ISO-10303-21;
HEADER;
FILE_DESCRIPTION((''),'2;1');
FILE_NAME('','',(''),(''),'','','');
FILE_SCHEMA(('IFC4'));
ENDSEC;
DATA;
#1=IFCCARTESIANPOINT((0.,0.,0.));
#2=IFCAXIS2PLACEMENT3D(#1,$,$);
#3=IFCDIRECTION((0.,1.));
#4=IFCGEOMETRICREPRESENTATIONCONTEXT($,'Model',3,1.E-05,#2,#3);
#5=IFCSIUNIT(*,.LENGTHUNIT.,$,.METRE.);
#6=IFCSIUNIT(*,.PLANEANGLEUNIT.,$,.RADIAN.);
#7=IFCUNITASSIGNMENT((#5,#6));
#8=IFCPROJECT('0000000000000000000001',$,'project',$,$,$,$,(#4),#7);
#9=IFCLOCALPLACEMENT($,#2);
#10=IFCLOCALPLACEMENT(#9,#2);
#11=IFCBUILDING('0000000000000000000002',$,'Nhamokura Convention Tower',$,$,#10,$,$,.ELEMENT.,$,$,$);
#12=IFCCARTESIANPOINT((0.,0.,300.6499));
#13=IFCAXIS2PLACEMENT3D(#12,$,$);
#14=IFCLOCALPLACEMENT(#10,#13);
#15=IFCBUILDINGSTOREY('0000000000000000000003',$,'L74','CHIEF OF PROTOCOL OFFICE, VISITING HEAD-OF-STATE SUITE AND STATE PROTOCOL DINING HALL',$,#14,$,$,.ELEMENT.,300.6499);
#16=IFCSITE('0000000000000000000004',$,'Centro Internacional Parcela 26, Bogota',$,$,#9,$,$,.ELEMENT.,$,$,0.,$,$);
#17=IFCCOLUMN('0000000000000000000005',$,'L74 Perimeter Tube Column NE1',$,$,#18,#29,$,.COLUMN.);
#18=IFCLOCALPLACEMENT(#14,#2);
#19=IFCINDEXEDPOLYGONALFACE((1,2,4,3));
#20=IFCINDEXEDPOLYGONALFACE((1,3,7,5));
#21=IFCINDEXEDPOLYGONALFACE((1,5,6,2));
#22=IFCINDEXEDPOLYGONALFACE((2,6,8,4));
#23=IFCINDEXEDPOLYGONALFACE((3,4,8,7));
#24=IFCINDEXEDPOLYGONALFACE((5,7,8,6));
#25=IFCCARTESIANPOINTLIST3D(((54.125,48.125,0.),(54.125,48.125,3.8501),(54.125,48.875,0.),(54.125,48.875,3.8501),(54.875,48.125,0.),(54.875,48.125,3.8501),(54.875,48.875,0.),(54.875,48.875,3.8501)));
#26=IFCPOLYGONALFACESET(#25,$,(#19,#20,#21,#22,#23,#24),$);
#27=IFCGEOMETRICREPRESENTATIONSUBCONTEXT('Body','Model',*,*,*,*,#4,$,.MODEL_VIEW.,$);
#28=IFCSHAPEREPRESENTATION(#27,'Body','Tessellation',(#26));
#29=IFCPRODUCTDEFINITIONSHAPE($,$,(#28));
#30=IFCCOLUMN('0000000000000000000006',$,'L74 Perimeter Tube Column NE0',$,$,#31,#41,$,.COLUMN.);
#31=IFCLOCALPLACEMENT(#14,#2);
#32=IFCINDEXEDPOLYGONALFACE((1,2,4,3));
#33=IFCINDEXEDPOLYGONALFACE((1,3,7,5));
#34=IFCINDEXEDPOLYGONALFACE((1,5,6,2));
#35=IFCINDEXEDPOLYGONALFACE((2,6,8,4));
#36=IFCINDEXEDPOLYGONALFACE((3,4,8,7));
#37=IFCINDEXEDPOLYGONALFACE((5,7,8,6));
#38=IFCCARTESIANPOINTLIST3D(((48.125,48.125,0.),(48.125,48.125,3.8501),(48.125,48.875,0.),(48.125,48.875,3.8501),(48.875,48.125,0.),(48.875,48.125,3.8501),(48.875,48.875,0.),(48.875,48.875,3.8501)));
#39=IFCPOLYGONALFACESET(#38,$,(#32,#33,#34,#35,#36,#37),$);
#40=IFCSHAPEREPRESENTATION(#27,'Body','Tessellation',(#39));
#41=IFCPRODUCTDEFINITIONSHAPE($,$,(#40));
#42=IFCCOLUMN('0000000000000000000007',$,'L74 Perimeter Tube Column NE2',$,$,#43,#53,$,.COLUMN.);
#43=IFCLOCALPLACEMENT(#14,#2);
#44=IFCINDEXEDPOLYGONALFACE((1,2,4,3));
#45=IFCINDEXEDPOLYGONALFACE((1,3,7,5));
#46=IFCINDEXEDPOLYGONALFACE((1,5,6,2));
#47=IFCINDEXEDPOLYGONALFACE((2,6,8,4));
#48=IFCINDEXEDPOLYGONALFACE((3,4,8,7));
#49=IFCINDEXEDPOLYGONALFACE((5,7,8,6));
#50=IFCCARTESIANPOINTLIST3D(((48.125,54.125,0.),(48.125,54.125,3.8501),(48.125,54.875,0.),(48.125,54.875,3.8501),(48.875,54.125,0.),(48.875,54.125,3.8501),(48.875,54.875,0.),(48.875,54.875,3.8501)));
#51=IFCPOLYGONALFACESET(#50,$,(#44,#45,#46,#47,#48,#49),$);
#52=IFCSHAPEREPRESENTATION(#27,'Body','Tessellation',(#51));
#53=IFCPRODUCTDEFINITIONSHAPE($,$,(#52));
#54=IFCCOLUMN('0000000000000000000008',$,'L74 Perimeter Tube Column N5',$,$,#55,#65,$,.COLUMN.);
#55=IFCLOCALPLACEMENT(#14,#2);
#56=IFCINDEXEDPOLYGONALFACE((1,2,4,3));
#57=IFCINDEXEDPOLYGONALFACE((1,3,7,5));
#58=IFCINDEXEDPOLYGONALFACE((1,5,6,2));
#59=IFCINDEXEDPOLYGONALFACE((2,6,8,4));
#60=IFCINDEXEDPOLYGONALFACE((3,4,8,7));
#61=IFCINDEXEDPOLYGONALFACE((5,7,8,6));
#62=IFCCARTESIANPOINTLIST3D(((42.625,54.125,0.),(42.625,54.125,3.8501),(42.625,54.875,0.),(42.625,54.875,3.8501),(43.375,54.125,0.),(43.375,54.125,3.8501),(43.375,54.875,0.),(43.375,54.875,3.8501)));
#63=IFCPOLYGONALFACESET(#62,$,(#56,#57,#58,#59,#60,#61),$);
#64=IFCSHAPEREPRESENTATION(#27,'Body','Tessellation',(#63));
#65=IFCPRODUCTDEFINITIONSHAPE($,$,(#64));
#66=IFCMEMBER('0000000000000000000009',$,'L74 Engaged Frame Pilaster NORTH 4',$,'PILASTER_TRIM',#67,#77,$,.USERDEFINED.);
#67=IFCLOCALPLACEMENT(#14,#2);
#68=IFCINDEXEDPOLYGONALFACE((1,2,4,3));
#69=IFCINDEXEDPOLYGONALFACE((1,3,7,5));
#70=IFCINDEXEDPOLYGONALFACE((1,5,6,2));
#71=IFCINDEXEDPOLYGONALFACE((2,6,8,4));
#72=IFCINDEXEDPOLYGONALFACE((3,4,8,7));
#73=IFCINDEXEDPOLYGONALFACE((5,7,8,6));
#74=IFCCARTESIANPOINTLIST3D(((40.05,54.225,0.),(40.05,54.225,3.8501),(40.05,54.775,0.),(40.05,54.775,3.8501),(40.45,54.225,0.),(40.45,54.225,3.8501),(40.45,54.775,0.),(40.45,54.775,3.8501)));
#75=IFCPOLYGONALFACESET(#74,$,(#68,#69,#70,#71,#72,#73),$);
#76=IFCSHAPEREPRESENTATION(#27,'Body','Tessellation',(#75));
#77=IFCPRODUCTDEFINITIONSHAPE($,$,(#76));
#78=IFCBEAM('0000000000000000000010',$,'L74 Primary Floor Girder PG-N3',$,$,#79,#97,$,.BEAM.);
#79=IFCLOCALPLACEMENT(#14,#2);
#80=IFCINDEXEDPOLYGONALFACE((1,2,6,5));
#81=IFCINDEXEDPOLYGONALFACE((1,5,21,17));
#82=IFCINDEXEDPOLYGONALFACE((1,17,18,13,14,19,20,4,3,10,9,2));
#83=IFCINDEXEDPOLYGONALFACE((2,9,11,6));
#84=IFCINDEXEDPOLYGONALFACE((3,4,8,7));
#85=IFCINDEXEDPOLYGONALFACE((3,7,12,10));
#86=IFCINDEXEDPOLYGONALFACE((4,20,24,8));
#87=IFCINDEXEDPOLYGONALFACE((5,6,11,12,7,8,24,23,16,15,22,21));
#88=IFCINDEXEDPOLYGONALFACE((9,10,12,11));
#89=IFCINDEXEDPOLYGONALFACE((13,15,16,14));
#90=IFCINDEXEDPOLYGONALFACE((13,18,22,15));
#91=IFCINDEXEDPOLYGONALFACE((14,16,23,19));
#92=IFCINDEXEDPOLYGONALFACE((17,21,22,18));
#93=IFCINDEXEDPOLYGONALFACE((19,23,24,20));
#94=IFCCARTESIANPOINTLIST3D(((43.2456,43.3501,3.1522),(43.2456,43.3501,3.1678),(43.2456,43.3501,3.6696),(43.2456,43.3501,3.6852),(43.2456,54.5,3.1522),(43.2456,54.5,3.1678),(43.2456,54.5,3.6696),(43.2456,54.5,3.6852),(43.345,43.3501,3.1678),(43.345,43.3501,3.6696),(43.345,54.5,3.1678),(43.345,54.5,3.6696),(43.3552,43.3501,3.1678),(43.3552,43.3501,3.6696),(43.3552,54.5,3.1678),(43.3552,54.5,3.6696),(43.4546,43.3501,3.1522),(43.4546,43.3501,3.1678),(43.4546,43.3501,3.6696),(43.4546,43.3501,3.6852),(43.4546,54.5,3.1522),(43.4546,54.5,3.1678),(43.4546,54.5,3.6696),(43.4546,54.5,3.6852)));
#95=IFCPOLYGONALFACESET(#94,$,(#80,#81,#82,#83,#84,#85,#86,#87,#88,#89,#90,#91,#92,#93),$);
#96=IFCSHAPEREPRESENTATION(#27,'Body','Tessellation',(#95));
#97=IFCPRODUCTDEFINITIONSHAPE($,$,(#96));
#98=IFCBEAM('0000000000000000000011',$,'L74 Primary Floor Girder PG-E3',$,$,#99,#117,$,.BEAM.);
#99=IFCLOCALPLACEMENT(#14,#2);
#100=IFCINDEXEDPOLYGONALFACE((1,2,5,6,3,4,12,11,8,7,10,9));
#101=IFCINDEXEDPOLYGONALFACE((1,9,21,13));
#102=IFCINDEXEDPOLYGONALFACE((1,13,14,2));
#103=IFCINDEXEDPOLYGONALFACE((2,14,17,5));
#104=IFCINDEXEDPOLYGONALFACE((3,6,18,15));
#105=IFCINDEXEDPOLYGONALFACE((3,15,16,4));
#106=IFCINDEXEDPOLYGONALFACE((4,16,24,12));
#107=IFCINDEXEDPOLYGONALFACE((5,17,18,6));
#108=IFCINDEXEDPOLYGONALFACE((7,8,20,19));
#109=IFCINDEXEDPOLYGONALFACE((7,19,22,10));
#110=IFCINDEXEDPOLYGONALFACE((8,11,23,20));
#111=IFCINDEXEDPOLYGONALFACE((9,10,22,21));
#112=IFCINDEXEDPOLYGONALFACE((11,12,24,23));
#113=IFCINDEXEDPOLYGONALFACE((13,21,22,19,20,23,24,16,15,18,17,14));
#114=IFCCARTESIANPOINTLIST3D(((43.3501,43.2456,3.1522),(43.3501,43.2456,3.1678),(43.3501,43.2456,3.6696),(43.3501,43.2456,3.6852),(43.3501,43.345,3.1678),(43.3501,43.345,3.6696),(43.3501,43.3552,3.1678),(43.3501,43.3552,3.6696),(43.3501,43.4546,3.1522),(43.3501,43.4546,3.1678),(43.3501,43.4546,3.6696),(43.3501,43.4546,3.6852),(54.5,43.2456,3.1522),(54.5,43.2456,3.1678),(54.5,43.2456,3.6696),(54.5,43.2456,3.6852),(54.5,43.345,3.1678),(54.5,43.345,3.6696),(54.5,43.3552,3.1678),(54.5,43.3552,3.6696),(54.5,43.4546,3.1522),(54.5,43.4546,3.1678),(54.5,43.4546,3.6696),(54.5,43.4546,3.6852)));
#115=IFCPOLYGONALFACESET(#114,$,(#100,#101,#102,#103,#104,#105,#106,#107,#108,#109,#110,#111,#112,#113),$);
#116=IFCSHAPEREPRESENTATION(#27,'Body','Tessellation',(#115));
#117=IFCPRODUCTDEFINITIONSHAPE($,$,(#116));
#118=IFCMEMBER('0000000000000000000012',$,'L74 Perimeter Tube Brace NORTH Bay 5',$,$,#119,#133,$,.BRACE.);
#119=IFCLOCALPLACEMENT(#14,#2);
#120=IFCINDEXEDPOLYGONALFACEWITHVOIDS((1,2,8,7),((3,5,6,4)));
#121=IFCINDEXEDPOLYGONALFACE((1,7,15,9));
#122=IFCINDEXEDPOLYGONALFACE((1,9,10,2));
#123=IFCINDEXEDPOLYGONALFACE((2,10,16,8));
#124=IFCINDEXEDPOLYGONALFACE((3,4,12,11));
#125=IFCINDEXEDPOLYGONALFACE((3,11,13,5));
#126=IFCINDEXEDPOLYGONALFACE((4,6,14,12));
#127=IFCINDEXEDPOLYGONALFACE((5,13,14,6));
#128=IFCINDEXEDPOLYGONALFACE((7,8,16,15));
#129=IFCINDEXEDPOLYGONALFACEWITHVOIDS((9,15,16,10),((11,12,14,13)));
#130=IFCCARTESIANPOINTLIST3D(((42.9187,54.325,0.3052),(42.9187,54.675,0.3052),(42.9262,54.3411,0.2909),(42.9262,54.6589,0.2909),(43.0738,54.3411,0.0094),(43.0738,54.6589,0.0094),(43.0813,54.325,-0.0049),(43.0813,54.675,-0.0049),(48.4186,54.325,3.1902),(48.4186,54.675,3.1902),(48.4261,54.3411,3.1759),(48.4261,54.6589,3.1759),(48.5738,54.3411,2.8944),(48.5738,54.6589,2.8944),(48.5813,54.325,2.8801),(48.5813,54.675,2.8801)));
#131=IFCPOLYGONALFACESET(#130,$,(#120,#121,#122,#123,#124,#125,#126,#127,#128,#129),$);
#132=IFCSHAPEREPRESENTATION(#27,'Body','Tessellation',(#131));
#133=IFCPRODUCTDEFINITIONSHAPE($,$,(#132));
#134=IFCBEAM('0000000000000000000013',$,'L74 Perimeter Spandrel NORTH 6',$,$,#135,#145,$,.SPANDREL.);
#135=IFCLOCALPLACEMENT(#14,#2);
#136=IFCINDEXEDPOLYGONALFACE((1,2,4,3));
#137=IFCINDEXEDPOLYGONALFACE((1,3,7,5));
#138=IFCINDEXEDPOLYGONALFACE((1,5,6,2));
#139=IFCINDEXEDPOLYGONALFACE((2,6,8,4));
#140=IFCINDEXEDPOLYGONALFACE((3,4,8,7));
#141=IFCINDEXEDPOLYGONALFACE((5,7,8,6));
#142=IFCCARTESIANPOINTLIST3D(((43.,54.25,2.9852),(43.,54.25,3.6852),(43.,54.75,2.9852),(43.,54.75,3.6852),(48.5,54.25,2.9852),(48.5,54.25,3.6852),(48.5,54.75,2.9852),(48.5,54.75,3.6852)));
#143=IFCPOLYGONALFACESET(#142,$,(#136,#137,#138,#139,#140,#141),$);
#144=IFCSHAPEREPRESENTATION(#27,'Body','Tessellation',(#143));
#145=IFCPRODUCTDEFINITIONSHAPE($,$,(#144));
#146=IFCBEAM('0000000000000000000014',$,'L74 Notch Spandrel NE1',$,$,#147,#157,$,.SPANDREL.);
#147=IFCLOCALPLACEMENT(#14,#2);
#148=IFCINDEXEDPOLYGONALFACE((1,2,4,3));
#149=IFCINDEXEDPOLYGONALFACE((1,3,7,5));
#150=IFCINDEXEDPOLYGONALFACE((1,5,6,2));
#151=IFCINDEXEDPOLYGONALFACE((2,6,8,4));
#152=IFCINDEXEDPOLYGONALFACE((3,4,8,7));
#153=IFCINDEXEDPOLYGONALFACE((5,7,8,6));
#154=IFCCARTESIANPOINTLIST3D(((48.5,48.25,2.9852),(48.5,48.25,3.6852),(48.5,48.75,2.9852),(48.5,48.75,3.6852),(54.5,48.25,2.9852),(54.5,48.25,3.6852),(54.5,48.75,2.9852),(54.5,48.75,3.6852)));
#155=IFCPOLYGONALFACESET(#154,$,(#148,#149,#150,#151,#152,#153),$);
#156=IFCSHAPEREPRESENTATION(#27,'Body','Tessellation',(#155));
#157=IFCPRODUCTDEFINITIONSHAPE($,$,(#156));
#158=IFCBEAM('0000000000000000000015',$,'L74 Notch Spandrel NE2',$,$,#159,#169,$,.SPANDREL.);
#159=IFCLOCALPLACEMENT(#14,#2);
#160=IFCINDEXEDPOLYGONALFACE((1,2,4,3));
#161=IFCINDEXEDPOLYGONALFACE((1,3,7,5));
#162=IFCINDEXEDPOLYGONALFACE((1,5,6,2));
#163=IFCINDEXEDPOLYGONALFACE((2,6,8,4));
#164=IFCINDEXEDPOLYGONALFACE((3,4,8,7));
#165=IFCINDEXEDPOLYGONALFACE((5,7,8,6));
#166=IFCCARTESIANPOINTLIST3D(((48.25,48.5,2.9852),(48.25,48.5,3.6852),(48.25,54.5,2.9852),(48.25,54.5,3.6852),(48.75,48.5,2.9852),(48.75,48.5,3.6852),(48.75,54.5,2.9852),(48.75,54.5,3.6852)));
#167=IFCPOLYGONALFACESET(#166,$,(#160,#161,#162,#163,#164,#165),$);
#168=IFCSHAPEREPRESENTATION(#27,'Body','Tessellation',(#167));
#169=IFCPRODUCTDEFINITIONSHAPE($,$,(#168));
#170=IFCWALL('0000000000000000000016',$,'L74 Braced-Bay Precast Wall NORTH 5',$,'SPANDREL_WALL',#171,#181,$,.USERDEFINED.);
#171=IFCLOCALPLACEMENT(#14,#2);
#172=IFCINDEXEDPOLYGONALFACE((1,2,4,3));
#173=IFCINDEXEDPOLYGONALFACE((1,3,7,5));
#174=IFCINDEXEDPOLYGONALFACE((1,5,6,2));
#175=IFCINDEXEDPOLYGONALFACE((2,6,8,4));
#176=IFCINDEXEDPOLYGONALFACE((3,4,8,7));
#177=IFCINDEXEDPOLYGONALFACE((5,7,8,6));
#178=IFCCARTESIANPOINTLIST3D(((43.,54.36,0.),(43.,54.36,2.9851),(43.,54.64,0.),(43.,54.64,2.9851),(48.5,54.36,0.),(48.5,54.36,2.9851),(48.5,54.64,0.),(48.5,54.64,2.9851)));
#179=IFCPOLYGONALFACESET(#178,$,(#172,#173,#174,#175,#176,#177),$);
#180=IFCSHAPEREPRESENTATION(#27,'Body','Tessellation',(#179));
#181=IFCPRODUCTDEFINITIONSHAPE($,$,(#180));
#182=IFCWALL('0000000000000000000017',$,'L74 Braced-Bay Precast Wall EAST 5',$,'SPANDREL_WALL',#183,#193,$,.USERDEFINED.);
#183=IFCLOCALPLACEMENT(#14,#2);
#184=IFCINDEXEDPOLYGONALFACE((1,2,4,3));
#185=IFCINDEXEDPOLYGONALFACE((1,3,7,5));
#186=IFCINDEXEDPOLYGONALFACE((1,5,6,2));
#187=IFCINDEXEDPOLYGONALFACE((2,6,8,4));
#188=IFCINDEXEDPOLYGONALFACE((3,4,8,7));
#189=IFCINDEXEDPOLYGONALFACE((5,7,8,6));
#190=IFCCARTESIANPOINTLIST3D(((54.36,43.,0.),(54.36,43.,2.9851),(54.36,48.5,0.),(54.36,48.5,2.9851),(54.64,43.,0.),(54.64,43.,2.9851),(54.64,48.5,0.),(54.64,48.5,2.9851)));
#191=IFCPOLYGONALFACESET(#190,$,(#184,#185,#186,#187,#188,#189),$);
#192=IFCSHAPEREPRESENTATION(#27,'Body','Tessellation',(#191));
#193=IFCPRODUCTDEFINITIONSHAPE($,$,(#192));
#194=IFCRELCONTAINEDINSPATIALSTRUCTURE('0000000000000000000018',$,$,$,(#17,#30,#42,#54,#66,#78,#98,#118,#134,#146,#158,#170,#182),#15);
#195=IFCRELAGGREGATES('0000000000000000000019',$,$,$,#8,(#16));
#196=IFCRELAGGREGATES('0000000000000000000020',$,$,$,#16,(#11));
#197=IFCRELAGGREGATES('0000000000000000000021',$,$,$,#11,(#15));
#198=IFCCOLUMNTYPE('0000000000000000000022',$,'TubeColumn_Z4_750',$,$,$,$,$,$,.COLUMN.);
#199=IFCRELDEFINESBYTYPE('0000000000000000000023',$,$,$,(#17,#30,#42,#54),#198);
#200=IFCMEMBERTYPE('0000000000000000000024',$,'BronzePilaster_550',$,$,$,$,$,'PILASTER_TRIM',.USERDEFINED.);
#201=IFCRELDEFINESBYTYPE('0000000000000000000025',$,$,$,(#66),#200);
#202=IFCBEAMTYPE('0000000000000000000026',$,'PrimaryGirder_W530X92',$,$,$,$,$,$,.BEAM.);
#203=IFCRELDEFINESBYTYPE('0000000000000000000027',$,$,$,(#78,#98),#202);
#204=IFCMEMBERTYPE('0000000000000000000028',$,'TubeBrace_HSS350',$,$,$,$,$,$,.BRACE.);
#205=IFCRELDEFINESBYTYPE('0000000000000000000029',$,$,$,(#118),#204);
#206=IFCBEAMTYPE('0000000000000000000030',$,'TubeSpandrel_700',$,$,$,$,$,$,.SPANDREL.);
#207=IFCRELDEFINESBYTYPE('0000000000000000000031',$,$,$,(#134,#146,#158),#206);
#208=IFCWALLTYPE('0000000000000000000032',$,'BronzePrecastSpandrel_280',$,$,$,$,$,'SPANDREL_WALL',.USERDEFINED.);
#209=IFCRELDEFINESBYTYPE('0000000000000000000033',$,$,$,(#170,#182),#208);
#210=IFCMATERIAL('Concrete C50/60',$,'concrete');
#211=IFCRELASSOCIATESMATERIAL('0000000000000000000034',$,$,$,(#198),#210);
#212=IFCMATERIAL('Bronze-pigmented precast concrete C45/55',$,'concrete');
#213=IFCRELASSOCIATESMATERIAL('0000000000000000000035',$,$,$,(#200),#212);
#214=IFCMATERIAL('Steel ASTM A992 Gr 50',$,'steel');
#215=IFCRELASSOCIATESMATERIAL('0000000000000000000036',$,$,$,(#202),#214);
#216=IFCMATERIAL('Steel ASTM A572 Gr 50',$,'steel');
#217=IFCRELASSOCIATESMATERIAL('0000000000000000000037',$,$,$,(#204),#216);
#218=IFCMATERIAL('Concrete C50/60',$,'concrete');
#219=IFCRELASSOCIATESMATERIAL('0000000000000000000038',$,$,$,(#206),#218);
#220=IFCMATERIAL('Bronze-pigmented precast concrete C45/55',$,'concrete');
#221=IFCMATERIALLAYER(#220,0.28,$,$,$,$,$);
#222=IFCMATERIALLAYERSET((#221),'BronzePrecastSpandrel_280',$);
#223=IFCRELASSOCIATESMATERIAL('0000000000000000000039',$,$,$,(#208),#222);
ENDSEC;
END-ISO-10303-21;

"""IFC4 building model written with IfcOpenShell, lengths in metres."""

from ifc_helpers import new_model, si_unit, direction, frame, frame_2d, origin, origin_2d, place, context, subcontext, project, spatial, rectangle, hollow_rectangle, i_section, extrude, material, layer, layer_set, material_profile, profile_set, type_object, element, save


model = new_model("IFC4")

# Units and contexts
model_context = context("Model", 3, precision=1e-05, world=origin(), true_north=direction((0.0, 1.0)))
body_context = subcontext(model_context, "Body", "Model", "MODEL_VIEW")
ifc_project = project(units=[si_unit("LENGTHUNIT", "METRE"), si_unit("PLANEANGLEUNIT", "RADIAN")], contexts=[model_context])

# Site, building, storey
site_placement = place(None, origin())
site = spatial("IfcSite", under=ifc_project, at=site_placement, Name="Centro Internacional Parcela 26, Bogota", CompositionType="ELEMENT", RefElevation=0.0)
building_placement = place(site_placement, origin())
building = spatial("IfcBuilding", under=site, at=building_placement, Name="Nhamokura Convention Tower", CompositionType="ELEMENT")
storey_placement = place(building_placement, frame((0.0, 0.0, 300.6499)))
storey = spatial("IfcBuildingStorey", under=building, at=storey_placement, Name="L74", Description="CHIEF OF PROTOCOL OFFICE, VISITING HEAD-OF-STATE SUITE AND STATE PROTOCOL DINING HALL", CompositionType="ELEMENT", Elevation=300.6499)

# Columns
ifc_material_1 = material(Name="Concrete C50/60", Category="concrete")
ifc_material_profile_1 = material_profile(ifc_material_1, rectangle(XDim=0.75, YDim=0.75, at=origin_2d()))
ifc_profile_set_1 = profile_set([ifc_material_profile_1], Name="Concrete C50/60")
column_type = type_object("IfcColumnType", Name="TubeColumn_Z4_750", PredefinedType="COLUMN", material=ifc_profile_set_1)
for number, where, z_axis, x_axis, name in (
    (1, (54.5, 48.5, 0.0), (0.0, 0.0, 1.0), (1.0, 0.0, 0.0), "L74 Perimeter Tube Column NE1"),
    (2, (48.5, 48.5, 0.0), (0.0, 0.0, 1.0), (1.0, 0.0, 0.0), "L74 Perimeter Tube Column NE0"),
    (3, (48.5, 54.5, 0.0), (0.0, 0.0, 1.0), (1.0, 0.0, 0.0), "L74 Perimeter Tube Column NE2"),
    (4, (43.0, 54.5, 0.0), (0.0, 0.0, 1.0), (1.0, 0.0, 0.0), "L74 Perimeter Tube Column N5"),
):
    element("IfcColumn", number, at=place(storey_placement, frame(where, z_axis=z_axis, x_axis=x_axis)), inside=storey, type_object=column_type, Name=name, PredefinedType="COLUMN", context=body_context, shape_type="SweptSolid", body=[
        extrude(rectangle(XDim=0.75, YDim=0.75, at=origin_2d()), origin(), (0.0, 0.0, 1.0), 3.8501),
    ])

# Member
ifc_material_2 = material(Name="Bronze-pigmented precast concrete C45/55", Category="concrete")
ifc_material_profile_2 = material_profile(ifc_material_2, rectangle(XDim=0.3999, YDim=0.55, at=origin_2d()))
ifc_profile_set_2 = profile_set([ifc_material_profile_2], Name="Bronze-pigmented precast concrete C45/55")
member_type_1 = type_object("IfcMemberType", Name="BronzePilaster_550", ElementType="PILASTER_TRIM", PredefinedType="USERDEFINED", material=ifc_profile_set_2)
member_1_placement = place(storey_placement, frame((40.25, 54.5, 0.0), z_axis=(0.0, 0.0, 1.0), x_axis=(1.0, 0.0, 0.0)))
element("IfcMember", 5, at=member_1_placement, inside=storey, type_object=member_type_1, Name="L74 Engaged Frame Pilaster NORTH 4", ObjectType="PILASTER_TRIM", PredefinedType="USERDEFINED", context=body_context, shape_type="SweptSolid", body=[
    extrude(rectangle(XDim=0.3999, YDim=0.55, at=origin_2d()), origin(), (0.0, 0.0, 1.0), 3.8501),
])

# Beams
ifc_material_3 = material(Name="Steel ASTM A992 Gr 50", Category="steel")
ifc_material_profile_3 = material_profile(ifc_material_3, i_section(OverallWidth=0.209, OverallDepth=0.533, WebThickness=0.0103, FlangeThickness=0.0156, at=origin_2d()))
ifc_profile_set_3 = profile_set([ifc_material_profile_3], Name="Steel ASTM A992 Gr 50")
beam_type_1 = type_object("IfcBeamType", Name="PrimaryGirder_W530X92", PredefinedType="BEAM", material=ifc_profile_set_3)
for number, where, z_axis, x_axis, name in (
    (6, (43.3501, 43.3501, 3.4187), (0.0, 1.0, 0.0), (-1.0, 0.0, 0.0), "L74 Primary Floor Girder PG-N3"),
    (7, (43.3501, 43.3501, 3.4187), (1.0, 0.0, 0.0), (0.0, 1.0, 0.0), "L74 Primary Floor Girder PG-E3"),
):
    element("IfcBeam", number, at=place(storey_placement, frame(where, z_axis=z_axis, x_axis=x_axis)), inside=storey, type_object=beam_type_1, Name=name, PredefinedType="BEAM", context=body_context, shape_type="SweptSolid", body=[
        extrude(i_section(OverallWidth=0.209, OverallDepth=0.533, WebThickness=0.0103, FlangeThickness=0.0156, at=origin_2d()), origin(), (0.0, 0.0, 1.0), 11.1499),
    ])

# Member
ifc_material_4 = material(Name="Steel ASTM A572 Gr 50", Category="steel")
ifc_material_profile_4 = material_profile(ifc_material_4, hollow_rectangle(XDim=0.3501, YDim=0.3501, WallThickness=0.0161, at=origin_2d()))
ifc_profile_set_4 = profile_set([ifc_material_profile_4], Name="Steel ASTM A572 Gr 50")
member_type_2 = type_object("IfcMemberType", Name="TubeBrace_HSS350", PredefinedType="BRACE", material=ifc_profile_set_4)
member_2_placement = place(storey_placement, frame((43.0, 54.5, 0.1501), z_axis=(0.885563, 0.0, 0.46452), x_axis=(0.0, 1.0, 0.0)))
element("IfcMember", 8, at=member_2_placement, inside=storey, type_object=member_type_2, Name="L74 Perimeter Tube Brace NORTH Bay 5", PredefinedType="BRACE", context=body_context, shape_type="SweptSolid", body=[
    extrude(hollow_rectangle(XDim=0.3501, YDim=0.3501, WallThickness=0.0161, at=origin_2d()), origin(), (0.0, 0.0, 1.0), 6.2107),
])

# Beams
ifc_material_5 = material(Name="Concrete C50/60", Category="concrete")
ifc_material_profile_5 = material_profile(ifc_material_5, rectangle(XDim=0.5, YDim=0.7, at=origin_2d()))
ifc_profile_set_5 = profile_set([ifc_material_profile_5], Name="Concrete C50/60")
beam_type_2 = type_object("IfcBeamType", Name="TubeSpandrel_700", PredefinedType="SPANDREL", material=ifc_profile_set_5)
beam_placement = place(storey_placement, frame((43.0, 54.5, 3.3352), z_axis=(1.0, 0.0, 0.0), x_axis=(0.0, 1.0, 0.0)))
element("IfcBeam", 9, at=beam_placement, inside=storey, type_object=beam_type_2, Name="L74 Perimeter Spandrel NORTH 6", PredefinedType="SPANDREL", context=body_context, shape_type="SweptSolid", body=[
    extrude(rectangle(XDim=0.5, YDim=0.7, at=origin_2d()), origin(), (0.0, 0.0, 1.0), 5.5),
])
for number, where, z_axis, x_axis, name in (
    (10, (54.5, 48.5, 3.3352), (-1.0, 0.0, 0.0), (0.0, -1.0, 0.0), "L74 Notch Spandrel NE1"),
    (11, (48.5, 48.5, 3.3352), (0.0, 1.0, 0.0), (-1.0, 0.0, 0.0), "L74 Notch Spandrel NE2"),
):
    element("IfcBeam", number, at=place(storey_placement, frame(where, z_axis=z_axis, x_axis=x_axis)), inside=storey, type_object=beam_type_2, Name=name, PredefinedType="SPANDREL", context=body_context, shape_type="SweptSolid", body=[
        extrude(rectangle(XDim=0.5, YDim=0.7, at=origin_2d()), origin(), (0.0, 0.0, 1.0), 6.0),
    ])

# Walls
ifc_material_6 = material(Name="Bronze-pigmented precast concrete C45/55", Category="concrete")
ifc_layer_1 = layer(ifc_material_6, 0.28)
ifc_layer_set_1 = layer_set([ifc_layer_1], Name="BronzePrecastSpandrel_280")
wall_type_1 = type_object("IfcWallType", Name="BronzePrecastSpandrel_280", ElementType="SPANDREL_WALL", PredefinedType="USERDEFINED", material=ifc_layer_set_1)
for number, where, z_axis, x_axis, name in (
    (12, (43.0, 54.5, 0.0), (0.0, 0.0, 1.0), (1.0, 0.0, 0.0), "L74 Braced-Bay Precast Wall NORTH 5"),
    (13, (54.5, 48.5, 0.0), (0.0, 0.0, 1.0), (0.0, -1.0, 0.0), "L74 Braced-Bay Precast Wall EAST 5"),
):
    element("IfcWall", number, at=place(storey_placement, frame(where, z_axis=z_axis, x_axis=x_axis)), inside=storey, type_object=wall_type_1, Name=name, ObjectType="SPANDREL_WALL", PredefinedType="USERDEFINED", context=body_context, shape_type="SweptSolid", body=[
        extrude(rectangle(XDim=5.5, YDim=0.28, at=frame_2d((2.75, 0.0))), origin(), (0.0, 0.0, 1.0), 2.9851),
    ])

save(model, "model.ifc")
